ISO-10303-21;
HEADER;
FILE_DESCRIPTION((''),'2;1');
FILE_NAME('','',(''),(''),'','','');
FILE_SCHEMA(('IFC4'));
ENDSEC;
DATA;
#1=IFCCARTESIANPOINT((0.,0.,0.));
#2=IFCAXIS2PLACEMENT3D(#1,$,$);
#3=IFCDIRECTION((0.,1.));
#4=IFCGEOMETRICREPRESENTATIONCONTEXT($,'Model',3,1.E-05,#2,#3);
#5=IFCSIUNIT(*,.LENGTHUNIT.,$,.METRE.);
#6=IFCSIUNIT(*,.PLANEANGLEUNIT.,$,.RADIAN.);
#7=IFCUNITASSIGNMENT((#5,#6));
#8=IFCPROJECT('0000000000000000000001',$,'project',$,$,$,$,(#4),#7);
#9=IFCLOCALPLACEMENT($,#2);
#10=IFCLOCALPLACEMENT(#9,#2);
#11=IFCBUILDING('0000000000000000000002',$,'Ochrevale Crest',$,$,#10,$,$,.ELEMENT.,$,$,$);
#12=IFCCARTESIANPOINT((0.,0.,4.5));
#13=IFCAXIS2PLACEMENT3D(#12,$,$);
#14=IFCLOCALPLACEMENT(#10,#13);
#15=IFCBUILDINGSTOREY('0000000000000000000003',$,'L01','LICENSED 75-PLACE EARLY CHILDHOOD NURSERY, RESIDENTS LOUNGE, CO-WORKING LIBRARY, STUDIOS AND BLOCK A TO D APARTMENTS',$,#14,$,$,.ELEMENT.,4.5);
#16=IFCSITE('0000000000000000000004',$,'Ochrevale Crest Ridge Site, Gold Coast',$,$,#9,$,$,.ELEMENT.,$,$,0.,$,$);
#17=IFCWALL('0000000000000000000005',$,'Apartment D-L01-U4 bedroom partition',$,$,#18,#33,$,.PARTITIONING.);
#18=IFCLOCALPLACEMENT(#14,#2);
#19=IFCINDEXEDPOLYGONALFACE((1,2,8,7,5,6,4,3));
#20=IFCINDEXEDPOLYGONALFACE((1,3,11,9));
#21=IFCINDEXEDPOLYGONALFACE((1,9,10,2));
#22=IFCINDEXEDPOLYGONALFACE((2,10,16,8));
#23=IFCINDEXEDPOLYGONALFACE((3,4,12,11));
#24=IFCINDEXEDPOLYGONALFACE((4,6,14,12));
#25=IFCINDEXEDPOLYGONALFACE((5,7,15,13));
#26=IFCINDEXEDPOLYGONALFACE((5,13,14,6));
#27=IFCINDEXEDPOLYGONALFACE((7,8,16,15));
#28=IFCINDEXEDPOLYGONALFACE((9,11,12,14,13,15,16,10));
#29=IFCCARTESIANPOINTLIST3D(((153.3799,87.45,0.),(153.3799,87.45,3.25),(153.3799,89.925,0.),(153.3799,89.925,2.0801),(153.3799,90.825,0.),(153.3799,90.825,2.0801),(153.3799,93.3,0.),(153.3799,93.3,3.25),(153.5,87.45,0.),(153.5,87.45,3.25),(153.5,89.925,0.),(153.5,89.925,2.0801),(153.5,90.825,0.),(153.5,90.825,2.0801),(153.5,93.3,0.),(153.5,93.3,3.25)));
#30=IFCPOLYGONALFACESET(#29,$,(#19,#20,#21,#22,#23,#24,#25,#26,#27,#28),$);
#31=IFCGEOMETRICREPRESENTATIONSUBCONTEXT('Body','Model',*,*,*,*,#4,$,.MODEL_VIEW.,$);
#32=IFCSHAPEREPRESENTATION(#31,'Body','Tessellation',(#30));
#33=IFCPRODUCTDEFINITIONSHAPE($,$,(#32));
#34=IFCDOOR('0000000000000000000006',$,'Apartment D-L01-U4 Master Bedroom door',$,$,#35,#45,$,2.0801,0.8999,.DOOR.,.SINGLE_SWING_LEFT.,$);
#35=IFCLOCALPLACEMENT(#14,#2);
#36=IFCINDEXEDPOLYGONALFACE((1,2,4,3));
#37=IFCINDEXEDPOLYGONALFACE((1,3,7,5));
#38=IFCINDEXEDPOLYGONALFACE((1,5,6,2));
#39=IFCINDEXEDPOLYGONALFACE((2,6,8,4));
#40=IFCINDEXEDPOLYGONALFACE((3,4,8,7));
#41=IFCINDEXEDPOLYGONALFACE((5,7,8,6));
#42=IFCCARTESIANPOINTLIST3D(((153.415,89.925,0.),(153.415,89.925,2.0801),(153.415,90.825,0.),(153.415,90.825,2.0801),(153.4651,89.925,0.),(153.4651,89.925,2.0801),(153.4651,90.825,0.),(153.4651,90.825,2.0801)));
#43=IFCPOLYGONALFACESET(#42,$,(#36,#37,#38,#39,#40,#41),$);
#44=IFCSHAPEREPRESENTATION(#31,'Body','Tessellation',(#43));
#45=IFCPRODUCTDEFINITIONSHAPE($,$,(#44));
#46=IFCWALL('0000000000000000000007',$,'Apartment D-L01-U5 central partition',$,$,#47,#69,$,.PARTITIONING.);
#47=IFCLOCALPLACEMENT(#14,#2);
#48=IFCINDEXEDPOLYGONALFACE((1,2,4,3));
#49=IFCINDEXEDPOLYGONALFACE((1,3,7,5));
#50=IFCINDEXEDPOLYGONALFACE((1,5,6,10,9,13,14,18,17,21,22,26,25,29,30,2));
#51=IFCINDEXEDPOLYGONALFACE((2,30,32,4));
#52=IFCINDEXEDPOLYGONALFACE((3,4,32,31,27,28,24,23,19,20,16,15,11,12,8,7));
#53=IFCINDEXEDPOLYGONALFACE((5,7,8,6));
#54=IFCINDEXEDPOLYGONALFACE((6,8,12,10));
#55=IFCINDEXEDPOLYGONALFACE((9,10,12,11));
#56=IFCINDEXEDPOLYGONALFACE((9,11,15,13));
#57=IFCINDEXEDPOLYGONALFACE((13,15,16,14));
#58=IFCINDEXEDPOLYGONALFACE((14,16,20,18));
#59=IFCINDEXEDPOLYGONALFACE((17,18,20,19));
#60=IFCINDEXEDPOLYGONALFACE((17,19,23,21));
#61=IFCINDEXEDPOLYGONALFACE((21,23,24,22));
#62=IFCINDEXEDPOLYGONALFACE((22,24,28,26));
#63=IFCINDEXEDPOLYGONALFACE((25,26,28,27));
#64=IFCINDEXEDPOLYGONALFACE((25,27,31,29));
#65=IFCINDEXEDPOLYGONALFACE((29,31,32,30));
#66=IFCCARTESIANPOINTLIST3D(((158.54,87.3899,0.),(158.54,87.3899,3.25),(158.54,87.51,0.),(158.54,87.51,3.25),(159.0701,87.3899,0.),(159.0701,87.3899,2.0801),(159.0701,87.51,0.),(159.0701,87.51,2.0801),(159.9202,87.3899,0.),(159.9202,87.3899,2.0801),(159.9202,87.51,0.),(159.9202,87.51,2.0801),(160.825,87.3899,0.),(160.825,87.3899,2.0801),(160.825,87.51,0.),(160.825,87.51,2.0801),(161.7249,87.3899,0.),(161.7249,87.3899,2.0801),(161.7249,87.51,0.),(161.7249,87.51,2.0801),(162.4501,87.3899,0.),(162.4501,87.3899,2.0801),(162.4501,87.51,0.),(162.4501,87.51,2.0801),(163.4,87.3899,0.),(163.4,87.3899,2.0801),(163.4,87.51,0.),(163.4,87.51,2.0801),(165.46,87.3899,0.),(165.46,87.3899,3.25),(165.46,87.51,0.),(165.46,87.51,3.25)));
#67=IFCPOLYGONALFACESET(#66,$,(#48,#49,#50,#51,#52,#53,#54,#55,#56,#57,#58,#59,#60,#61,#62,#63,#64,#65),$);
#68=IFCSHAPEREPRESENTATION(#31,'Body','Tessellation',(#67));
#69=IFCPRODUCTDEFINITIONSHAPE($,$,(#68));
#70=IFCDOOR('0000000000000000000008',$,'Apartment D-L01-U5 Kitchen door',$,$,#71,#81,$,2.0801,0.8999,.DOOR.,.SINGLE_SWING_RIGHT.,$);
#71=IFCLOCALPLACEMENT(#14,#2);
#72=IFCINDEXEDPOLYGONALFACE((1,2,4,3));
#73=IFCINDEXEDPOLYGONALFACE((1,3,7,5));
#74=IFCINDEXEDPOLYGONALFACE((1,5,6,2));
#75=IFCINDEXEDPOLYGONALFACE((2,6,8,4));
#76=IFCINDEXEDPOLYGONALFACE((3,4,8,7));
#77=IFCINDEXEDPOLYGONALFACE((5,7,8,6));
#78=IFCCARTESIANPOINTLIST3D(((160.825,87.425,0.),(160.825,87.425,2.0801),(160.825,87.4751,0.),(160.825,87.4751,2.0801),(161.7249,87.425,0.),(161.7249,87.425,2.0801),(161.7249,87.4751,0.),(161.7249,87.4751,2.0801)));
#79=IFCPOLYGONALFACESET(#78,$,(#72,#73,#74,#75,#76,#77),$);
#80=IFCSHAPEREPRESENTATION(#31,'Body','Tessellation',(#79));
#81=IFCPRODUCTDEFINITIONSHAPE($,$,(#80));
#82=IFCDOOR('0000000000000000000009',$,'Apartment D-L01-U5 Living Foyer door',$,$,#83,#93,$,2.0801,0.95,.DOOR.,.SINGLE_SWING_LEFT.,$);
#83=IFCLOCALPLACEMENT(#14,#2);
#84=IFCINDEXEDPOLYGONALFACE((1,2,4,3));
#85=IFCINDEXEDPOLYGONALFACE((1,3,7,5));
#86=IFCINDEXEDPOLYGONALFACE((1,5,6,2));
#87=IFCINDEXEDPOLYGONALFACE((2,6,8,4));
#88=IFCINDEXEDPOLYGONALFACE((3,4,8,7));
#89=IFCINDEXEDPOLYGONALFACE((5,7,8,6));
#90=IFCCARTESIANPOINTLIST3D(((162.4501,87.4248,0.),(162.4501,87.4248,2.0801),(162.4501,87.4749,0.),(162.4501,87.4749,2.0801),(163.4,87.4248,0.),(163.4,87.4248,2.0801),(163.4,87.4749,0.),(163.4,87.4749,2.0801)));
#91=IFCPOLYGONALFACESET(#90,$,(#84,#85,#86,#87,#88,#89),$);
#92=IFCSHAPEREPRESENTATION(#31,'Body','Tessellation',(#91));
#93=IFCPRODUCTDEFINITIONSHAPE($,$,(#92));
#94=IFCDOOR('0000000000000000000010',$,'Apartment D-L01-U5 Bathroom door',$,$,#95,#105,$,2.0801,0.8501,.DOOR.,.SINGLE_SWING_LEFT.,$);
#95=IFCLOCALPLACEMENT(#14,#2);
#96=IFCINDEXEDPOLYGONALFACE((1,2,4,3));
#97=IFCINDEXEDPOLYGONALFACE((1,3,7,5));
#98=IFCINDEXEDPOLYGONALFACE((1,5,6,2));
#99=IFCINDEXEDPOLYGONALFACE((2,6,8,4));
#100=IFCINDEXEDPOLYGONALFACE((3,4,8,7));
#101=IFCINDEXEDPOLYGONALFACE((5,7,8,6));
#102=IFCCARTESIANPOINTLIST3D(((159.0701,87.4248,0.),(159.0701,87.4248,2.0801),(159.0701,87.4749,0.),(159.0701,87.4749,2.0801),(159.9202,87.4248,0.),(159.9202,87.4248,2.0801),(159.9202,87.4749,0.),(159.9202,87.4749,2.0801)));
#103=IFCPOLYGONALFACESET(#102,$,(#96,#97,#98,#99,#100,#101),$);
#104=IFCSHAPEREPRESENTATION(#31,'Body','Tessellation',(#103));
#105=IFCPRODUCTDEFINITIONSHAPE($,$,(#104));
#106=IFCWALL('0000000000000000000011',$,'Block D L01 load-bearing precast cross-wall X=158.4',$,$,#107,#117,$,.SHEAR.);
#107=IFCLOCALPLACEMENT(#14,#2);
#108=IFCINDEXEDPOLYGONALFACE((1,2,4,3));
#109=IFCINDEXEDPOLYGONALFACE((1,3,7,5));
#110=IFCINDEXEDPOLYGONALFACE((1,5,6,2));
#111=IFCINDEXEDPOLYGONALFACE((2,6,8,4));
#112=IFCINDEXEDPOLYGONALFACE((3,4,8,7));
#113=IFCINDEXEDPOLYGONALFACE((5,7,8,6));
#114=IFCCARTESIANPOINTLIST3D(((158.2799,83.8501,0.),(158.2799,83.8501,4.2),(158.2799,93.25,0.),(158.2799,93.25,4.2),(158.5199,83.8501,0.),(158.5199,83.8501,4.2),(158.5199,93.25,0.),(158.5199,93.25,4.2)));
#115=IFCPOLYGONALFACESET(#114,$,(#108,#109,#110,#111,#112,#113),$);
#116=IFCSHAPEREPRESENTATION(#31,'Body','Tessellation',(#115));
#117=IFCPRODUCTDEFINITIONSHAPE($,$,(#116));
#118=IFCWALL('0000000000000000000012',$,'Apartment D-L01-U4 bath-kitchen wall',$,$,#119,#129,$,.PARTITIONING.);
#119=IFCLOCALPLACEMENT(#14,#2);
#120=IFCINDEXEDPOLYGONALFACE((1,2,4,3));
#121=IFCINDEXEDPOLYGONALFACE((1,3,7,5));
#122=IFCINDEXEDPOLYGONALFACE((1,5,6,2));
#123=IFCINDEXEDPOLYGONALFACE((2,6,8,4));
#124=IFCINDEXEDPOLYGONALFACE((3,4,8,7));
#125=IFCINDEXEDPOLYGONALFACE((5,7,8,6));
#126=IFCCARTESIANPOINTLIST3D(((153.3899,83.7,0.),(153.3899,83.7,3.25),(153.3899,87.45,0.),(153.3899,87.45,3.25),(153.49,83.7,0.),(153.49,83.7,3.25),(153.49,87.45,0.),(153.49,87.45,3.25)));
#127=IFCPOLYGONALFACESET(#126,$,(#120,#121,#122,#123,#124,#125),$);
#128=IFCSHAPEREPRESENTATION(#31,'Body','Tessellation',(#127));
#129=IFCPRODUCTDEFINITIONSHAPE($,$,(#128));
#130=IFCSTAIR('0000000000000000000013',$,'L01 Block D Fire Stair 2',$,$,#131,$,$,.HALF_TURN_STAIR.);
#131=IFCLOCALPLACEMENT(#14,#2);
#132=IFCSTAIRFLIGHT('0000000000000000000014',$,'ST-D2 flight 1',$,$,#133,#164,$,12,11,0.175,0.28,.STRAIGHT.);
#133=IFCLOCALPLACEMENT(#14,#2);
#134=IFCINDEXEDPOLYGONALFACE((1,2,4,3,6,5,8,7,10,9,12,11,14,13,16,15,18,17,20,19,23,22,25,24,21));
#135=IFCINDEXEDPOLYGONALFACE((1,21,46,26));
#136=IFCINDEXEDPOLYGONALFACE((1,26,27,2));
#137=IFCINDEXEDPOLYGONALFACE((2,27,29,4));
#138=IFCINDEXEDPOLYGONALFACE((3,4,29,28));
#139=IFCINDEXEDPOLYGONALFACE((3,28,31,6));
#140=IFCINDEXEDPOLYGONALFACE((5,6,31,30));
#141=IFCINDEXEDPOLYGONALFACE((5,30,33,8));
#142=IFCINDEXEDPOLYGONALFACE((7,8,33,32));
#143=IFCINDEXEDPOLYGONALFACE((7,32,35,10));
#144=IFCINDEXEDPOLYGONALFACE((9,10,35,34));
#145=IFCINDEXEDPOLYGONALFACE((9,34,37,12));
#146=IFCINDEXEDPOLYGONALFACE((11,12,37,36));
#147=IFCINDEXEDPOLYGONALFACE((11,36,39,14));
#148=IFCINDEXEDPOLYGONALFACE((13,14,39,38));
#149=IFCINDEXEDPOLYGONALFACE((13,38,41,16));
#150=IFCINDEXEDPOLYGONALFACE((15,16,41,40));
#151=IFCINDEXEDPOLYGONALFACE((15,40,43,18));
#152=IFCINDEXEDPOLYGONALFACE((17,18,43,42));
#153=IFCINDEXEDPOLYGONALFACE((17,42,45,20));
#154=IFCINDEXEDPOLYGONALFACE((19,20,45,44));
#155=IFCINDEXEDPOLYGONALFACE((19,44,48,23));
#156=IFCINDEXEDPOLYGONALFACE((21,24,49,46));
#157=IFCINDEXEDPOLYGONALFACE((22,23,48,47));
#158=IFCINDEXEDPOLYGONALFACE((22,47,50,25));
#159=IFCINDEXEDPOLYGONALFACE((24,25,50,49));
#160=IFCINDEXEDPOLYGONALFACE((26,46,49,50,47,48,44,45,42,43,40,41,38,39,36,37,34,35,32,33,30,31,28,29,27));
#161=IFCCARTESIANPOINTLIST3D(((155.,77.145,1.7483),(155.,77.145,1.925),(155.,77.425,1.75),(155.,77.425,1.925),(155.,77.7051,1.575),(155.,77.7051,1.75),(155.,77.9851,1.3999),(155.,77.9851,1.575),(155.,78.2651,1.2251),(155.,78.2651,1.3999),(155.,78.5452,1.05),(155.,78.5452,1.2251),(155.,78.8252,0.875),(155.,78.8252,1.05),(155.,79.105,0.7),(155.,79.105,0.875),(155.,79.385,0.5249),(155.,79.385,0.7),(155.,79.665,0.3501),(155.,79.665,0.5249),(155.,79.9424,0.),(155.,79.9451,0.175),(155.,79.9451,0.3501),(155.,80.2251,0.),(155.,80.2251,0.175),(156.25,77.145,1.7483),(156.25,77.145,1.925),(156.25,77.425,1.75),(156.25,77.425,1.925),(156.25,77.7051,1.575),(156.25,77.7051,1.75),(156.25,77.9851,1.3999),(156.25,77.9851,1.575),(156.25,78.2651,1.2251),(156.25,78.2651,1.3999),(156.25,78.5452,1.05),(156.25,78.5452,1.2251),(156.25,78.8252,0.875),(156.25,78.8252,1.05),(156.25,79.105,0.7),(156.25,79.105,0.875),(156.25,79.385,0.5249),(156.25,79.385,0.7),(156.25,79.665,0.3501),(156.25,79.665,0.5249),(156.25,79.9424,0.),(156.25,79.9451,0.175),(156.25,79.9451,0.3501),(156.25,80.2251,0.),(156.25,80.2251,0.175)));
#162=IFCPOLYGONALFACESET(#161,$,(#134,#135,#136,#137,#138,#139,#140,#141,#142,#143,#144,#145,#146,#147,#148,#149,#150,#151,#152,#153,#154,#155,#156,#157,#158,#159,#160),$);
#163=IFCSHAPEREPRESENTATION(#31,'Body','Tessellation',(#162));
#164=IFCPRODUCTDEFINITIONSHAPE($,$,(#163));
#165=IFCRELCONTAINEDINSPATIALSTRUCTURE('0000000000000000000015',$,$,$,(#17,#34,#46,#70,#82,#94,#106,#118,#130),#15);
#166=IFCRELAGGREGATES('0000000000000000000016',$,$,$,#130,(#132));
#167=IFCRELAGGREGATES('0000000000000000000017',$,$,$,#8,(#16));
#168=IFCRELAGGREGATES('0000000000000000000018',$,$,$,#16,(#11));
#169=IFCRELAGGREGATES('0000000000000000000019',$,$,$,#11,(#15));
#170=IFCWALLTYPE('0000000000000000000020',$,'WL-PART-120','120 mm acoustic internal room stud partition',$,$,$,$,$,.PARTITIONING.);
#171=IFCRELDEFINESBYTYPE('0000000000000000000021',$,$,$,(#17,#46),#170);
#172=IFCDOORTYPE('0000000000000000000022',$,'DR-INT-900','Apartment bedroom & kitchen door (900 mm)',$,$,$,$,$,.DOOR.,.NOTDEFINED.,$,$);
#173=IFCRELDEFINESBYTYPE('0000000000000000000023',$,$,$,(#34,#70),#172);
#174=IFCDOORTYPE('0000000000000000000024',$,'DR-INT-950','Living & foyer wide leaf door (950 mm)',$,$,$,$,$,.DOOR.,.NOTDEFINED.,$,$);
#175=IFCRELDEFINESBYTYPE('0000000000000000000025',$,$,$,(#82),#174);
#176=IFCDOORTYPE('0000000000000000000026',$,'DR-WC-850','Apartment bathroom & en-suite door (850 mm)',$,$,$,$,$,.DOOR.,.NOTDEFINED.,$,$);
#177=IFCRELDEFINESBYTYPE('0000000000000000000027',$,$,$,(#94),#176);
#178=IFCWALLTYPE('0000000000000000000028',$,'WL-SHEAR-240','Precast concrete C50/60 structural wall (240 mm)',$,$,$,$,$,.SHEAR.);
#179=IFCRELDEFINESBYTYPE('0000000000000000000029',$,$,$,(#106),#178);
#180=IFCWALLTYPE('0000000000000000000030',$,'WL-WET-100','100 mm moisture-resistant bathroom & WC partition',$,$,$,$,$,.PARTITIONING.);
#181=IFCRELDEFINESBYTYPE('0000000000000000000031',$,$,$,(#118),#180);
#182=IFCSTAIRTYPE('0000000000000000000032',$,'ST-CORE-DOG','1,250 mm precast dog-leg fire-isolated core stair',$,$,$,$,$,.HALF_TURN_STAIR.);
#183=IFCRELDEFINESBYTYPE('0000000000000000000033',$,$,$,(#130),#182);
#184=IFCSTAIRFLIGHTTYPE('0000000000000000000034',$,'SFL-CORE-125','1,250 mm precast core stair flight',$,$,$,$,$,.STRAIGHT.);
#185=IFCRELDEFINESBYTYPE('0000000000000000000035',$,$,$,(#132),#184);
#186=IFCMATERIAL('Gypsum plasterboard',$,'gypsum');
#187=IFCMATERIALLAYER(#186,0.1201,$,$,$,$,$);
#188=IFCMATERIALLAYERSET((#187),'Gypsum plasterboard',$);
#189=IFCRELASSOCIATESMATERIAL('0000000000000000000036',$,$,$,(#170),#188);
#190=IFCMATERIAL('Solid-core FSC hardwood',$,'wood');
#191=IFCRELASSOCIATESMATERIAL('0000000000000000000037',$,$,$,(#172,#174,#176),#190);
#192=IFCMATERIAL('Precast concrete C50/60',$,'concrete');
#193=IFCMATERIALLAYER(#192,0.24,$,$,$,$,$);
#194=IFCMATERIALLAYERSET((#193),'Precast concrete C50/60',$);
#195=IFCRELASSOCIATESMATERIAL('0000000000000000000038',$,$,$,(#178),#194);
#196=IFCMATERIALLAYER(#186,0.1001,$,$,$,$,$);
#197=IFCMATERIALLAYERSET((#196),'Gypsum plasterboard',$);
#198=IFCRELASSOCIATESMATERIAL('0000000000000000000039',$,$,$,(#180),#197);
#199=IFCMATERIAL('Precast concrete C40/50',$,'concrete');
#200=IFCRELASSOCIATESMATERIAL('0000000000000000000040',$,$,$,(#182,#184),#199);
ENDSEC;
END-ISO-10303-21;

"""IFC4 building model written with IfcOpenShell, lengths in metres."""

from ifc_helpers import new_model, si_unit, direction, frame, frame_2d, origin, place, context, subcontext, project, spatial, polyline, rectangle, outline, extrude, material, layer, layer_set, type_object, element, fill, aggregate, save


model = new_model("IFC4")

# Units and contexts
model_context = context("Model", 3, precision=1e-05, world=origin(), true_north=direction((0.0, 1.0)))
body_context = subcontext(model_context, "Body", "Model", "MODEL_VIEW")
ifc_project = project(units=[si_unit("LENGTHUNIT", "METRE"), si_unit("PLANEANGLEUNIT", "RADIAN")], contexts=[model_context])

# Site, building, storey
site_placement = place(None, origin())
site = spatial("IfcSite", under=ifc_project, at=site_placement, Name="Ochrevale Crest Ridge Site, Gold Coast", CompositionType="ELEMENT", RefElevation=0.0)
building_placement = place(site_placement, origin())
building = spatial("IfcBuilding", under=site, at=building_placement, Name="Ochrevale Crest", CompositionType="ELEMENT")
storey_placement = place(building_placement, frame((0.0, 0.0, 4.5)))
storey = spatial("IfcBuildingStorey", under=building, at=storey_placement, Name="L01", Description="LICENSED 75-PLACE EARLY CHILDHOOD NURSERY, RESIDENTS LOUNGE, CO-WORKING LIBRARY, STUDIOS AND BLOCK A TO D APARTMENTS", CompositionType="ELEMENT", Elevation=4.5)

# Shared definitions
ifc_material_1 = material(Name="Precast concrete C50/60", Category="concrete")

# Shared definitions
ifc_material_2 = material(Name="Gypsum plasterboard", Category="gypsum")
ifc_material_3 = material(Name="Solid-core FSC hardwood", Category="wood")

# Shared definitions
ifc_layer_1 = layer(ifc_material_2, 0.1201)
ifc_layer_set_1 = layer_set([ifc_layer_1], Name="Gypsum plasterboard")
wall_type_1 = type_object("IfcWallType", Name="WL-PART-120", Description="120 mm acoustic internal room stud partition", PredefinedType="PARTITIONING", material=ifc_layer_set_1)

# Wall, opening, door
wall_1_placement = place(storey_placement, frame((153.4399, 87.45, 0.0), z_axis=(0.0, 0.0, 1.0), x_axis=(0.0, 1.0, 0.0)))
wall_1 = element("IfcWall", 1, at=wall_1_placement, inside=storey, type_object=wall_type_1, Name="Apartment D-L01-U4 bedroom partition", PredefinedType="PARTITIONING", context=body_context, shape_type="SweptSolid", body=[
    extrude(rectangle(XDim=5.8501, YDim=0.1201, at=frame_2d((2.925, 0.0))), origin(), (0.0, 0.0, 1.0), 3.25),
])
opening_1_placement = place(wall_1_placement, frame((2.4751, 0.0, 0.0)))
opening_1 = element("IfcOpeningElement", 2, at=opening_1_placement, cuts=wall_1, PredefinedType="OPENING", context=body_context, shape_type="SweptSolid", body=[
    extrude(rectangle(XDim=0.8999, YDim=2.0801, at=frame_2d((0.45, 1.04))), frame((0.0, 0.0701, 0.0), z_axis=(0.0, -1.0, 0.0), x_axis=(1.0, 0.0, 0.0)), (0.0, 0.0, 1.0), 0.1401),
])
door_type_1 = type_object("IfcDoorType", Name="DR-INT-900", Description="Apartment bedroom & kitchen door (900 mm)", OperationType="NOTDEFINED", PredefinedType="DOOR", material=ifc_material_3)
door_1_placement = place(opening_1_placement, origin())
door_1 = element("IfcDoor", 3, at=door_1_placement, inside=storey, type_object=door_type_1, Name="Apartment D-L01-U4 Master Bedroom door", OperationType="SINGLE_SWING_LEFT", OverallHeight=2.0801, OverallWidth=0.8999, PredefinedType="DOOR", context=body_context, shape_type="SweptSolid", body=[
    extrude(rectangle(XDim=0.8999, YDim=2.0801, at=frame_2d((0.45, 1.04))), frame((0.0, 0.0249, 0.0), z_axis=(0.0, -1.0, 0.0), x_axis=(1.0, 0.0, 0.0)), (0.0, 0.0, 1.0), 0.05),
])
fill(opening_1, door_1)

# Wall, openings, doors
wall_2_placement = place(storey_placement, frame((158.54, 87.45, 0.0), z_axis=(0.0, 0.0, 1.0), x_axis=(1.0, 0.0, 0.0)))
wall_2 = element("IfcWall", 4, at=wall_2_placement, inside=storey, type_object=wall_type_1, Name="Apartment D-L01-U5 central partition", PredefinedType="PARTITIONING", context=body_context, shape_type="SweptSolid", body=[
    extrude(rectangle(XDim=6.9199, YDim=0.1201, at=frame_2d((3.46, 0.0))), origin(), (0.0, 0.0, 1.0), 3.25),
])
opening_2_placement = place(wall_2_placement, frame((0.53, 0.0, 0.0)))
opening_2 = element("IfcOpeningElement", 5, at=opening_2_placement, cuts=wall_2, PredefinedType="OPENING", context=body_context, shape_type="SweptSolid", body=[
    extrude(rectangle(XDim=0.8501, YDim=2.0801, at=frame_2d((0.425, 1.04))), frame((0.0, 0.0701, 0.0), z_axis=(0.0, -1.0, 0.0), x_axis=(1.0, 0.0, 0.0)), (0.0, 0.0, 1.0), 0.1401),
])
opening_3_placement = place(wall_2_placement, frame((3.1848, 0.0, 0.0), z_axis=(0.0, 0.0, 1.0), x_axis=(-1.0, 0.0, 0.0)))
opening_3 = element("IfcOpeningElement", 6, at=opening_3_placement, cuts=wall_2, PredefinedType="OPENING", context=body_context, shape_type="SweptSolid", body=[
    extrude(rectangle(XDim=0.8999, YDim=2.0801, at=frame_2d((0.45, 1.04))), frame((0.0, 0.0701, 0.0), z_axis=(0.0, -1.0, 0.0), x_axis=(1.0, 0.0, 0.0)), (0.0, 0.0, 1.0), 0.1401),
])
opening_4_placement = place(wall_2_placement, frame((3.9099, 0.0, 0.0)))
opening_4 = element("IfcOpeningElement", 7, at=opening_4_placement, cuts=wall_2, PredefinedType="OPENING", context=body_context, shape_type="SweptSolid", body=[
    extrude(rectangle(XDim=0.95, YDim=2.0801, at=frame_2d((0.4751, 1.04))), frame((0.0, 0.0701, 0.0), z_axis=(0.0, -1.0, 0.0), x_axis=(1.0, 0.0, 0.0)), (0.0, 0.0, 1.0), 0.1401),
])
door_2_placement = place(opening_3_placement, origin())
door_2 = element("IfcDoor", 8, at=door_2_placement, inside=storey, type_object=door_type_1, Name="Apartment D-L01-U5 Kitchen door", OperationType="SINGLE_SWING_RIGHT", OverallHeight=2.0801, OverallWidth=0.8999, PredefinedType="DOOR", context=body_context, shape_type="SweptSolid", body=[
    extrude(rectangle(XDim=0.8999, YDim=2.0801, at=frame_2d((0.45, 1.04))), frame((0.0, 0.0249, 0.0), z_axis=(0.0, -1.0, 0.0), x_axis=(1.0, 0.0, 0.0)), (0.0, 0.0, 1.0), 0.05),
])
fill(opening_3, door_2)
door_type_2 = type_object("IfcDoorType", Name="DR-INT-950", Description="Living & foyer wide leaf door (950 mm)", OperationType="NOTDEFINED", PredefinedType="DOOR", material=ifc_material_3)
door_3_placement = place(opening_4_placement, origin())
door_3 = element("IfcDoor", 9, at=door_3_placement, inside=storey, type_object=door_type_2, Name="Apartment D-L01-U5 Living Foyer door", OperationType="SINGLE_SWING_LEFT", OverallHeight=2.0801, OverallWidth=0.95, PredefinedType="DOOR", context=body_context, shape_type="SweptSolid", body=[
    extrude(rectangle(XDim=0.95, YDim=2.0801, at=frame_2d((0.4751, 1.04))), frame((0.0, 0.0249, 0.0), z_axis=(0.0, -1.0, 0.0), x_axis=(1.0, 0.0, 0.0)), (0.0, 0.0, 1.0), 0.05),
])
fill(opening_4, door_3)
door_type_3 = type_object("IfcDoorType", Name="DR-WC-850", Description="Apartment bathroom & en-suite door (850 mm)", OperationType="NOTDEFINED", PredefinedType="DOOR", material=ifc_material_3)
door_4_placement = place(opening_2_placement, origin())
door_4 = element("IfcDoor", 10, at=door_4_placement, inside=storey, type_object=door_type_3, Name="Apartment D-L01-U5 Bathroom door", OperationType="SINGLE_SWING_LEFT", OverallHeight=2.0801, OverallWidth=0.8501, PredefinedType="DOOR", context=body_context, shape_type="SweptSolid", body=[
    extrude(rectangle(XDim=0.8501, YDim=2.0801, at=frame_2d((0.425, 1.04))), frame((0.0, 0.0249, 0.0), z_axis=(0.0, -1.0, 0.0), x_axis=(1.0, 0.0, 0.0)), (0.0, 0.0, 1.0), 0.05),
])
fill(opening_2, door_4)

# Walls
ifc_layer_2 = layer(ifc_material_1, 0.24)
ifc_layer_set_2 = layer_set([ifc_layer_2], Name="Precast concrete C50/60")
wall_type_2 = type_object("IfcWallType", Name="WL-SHEAR-240", Description="Precast concrete C50/60 structural wall (240 mm)", PredefinedType="SHEAR", material=ifc_layer_set_2)
wall_3_placement = place(storey_placement, frame((158.3999, 83.8501, 0.0), z_axis=(0.0, 0.0, 1.0), x_axis=(0.0, 1.0, 0.0)))
element("IfcWall", 11, at=wall_3_placement, inside=storey, type_object=wall_type_2, Name="Block D L01 load-bearing precast cross-wall X=158.4", PredefinedType="SHEAR", context=body_context, shape_type="SweptSolid", body=[
    extrude(rectangle(XDim=9.3999, YDim=0.24, at=frame_2d((4.7, 0.0))), origin(), (0.0, 0.0, 1.0), 4.2),
])
ifc_layer_3 = layer(ifc_material_2, 0.1001)
ifc_layer_set_3 = layer_set([ifc_layer_3], Name="Gypsum plasterboard")
wall_type_3 = type_object("IfcWallType", Name="WL-WET-100", Description="100 mm moisture-resistant bathroom & WC partition", PredefinedType="PARTITIONING", material=ifc_layer_set_3)
wall_4_placement = place(storey_placement, frame((153.4399, 83.7, 0.0), z_axis=(0.0, 0.0, 1.0), x_axis=(0.0, 1.0, 0.0)))
element("IfcWall", 12, at=wall_4_placement, inside=storey, type_object=wall_type_3, Name="Apartment D-L01-U4 bath-kitchen wall", PredefinedType="PARTITIONING", context=body_context, shape_type="SweptSolid", body=[
    extrude(rectangle(XDim=3.75, YDim=0.1001, at=frame_2d((1.875, 0.0))), origin(), (0.0, 0.0, 1.0), 3.25),
])

# Stair, stair flight
ifc_material_4 = material(Name="Precast concrete C40/50", Category="concrete")
stair_type = type_object("IfcStairType", Name="ST-CORE-DOG", Description="1,250 mm precast dog-leg fire-isolated core stair", PredefinedType="HALF_TURN_STAIR", material=ifc_material_4)
stair_placement = place(storey_placement, origin())
stair = element("IfcStair", 13, at=stair_placement, inside=storey, type_object=stair_type, Name="L01 Block D Fire Stair 2", PredefinedType="HALF_TURN_STAIR")
stair_flight_type = type_object("IfcStairFlightType", Name="SFL-CORE-125", Description="1,250 mm precast core stair flight", PredefinedType="STRAIGHT", material=ifc_material_4)
stair_flight_placement = place(storey_placement, frame((155.625, 80.2251, 0.0), z_axis=(0.0, 0.0, 1.0), x_axis=(0.0, -1.0, 0.0)))
stair_flight = element("IfcStairFlight", 14, at=stair_flight_placement, type_object=stair_flight_type, Name="ST-D2 flight 1", NumberOfRisers=12, NumberOfTreads=11, PredefinedType="STRAIGHT", RiserHeight=0.175, TreadLength=0.28, context=body_context, shape_type="SweptSolid", body=[
    extrude(outline(polyline([(0.0, 0.0), (0.0, 0.175), (0.28, 0.175), (0.28, 0.3501), (0.5601, 0.3501), (0.5601, 0.5249), (0.8401, 0.5249), (0.8401, 0.7), (1.1201, 0.7), (1.1201, 0.875), (1.3999, 0.875), (1.3999, 1.05), (1.6799, 1.05), (1.6799, 1.2251), (1.96, 1.2251), (1.96, 1.3999), (2.24, 1.3999), (2.24, 1.575), (2.52, 1.575), (2.52, 1.75), (2.8, 1.75), (2.8, 1.925), (3.0801, 1.925), (3.0801, 2.1001), (3.0801, 1.7483), (0.2827, 0.0), (0.0, 0.0)])), frame((0.0, 0.625, 0.0), z_axis=(0.0, -1.0, 0.0), x_axis=(1.0, 0.0, 0.0)), (0.0, 0.0, 1.0), 1.25),
])
aggregate(stair, [stair_flight])

save(model, "model.ifc")
